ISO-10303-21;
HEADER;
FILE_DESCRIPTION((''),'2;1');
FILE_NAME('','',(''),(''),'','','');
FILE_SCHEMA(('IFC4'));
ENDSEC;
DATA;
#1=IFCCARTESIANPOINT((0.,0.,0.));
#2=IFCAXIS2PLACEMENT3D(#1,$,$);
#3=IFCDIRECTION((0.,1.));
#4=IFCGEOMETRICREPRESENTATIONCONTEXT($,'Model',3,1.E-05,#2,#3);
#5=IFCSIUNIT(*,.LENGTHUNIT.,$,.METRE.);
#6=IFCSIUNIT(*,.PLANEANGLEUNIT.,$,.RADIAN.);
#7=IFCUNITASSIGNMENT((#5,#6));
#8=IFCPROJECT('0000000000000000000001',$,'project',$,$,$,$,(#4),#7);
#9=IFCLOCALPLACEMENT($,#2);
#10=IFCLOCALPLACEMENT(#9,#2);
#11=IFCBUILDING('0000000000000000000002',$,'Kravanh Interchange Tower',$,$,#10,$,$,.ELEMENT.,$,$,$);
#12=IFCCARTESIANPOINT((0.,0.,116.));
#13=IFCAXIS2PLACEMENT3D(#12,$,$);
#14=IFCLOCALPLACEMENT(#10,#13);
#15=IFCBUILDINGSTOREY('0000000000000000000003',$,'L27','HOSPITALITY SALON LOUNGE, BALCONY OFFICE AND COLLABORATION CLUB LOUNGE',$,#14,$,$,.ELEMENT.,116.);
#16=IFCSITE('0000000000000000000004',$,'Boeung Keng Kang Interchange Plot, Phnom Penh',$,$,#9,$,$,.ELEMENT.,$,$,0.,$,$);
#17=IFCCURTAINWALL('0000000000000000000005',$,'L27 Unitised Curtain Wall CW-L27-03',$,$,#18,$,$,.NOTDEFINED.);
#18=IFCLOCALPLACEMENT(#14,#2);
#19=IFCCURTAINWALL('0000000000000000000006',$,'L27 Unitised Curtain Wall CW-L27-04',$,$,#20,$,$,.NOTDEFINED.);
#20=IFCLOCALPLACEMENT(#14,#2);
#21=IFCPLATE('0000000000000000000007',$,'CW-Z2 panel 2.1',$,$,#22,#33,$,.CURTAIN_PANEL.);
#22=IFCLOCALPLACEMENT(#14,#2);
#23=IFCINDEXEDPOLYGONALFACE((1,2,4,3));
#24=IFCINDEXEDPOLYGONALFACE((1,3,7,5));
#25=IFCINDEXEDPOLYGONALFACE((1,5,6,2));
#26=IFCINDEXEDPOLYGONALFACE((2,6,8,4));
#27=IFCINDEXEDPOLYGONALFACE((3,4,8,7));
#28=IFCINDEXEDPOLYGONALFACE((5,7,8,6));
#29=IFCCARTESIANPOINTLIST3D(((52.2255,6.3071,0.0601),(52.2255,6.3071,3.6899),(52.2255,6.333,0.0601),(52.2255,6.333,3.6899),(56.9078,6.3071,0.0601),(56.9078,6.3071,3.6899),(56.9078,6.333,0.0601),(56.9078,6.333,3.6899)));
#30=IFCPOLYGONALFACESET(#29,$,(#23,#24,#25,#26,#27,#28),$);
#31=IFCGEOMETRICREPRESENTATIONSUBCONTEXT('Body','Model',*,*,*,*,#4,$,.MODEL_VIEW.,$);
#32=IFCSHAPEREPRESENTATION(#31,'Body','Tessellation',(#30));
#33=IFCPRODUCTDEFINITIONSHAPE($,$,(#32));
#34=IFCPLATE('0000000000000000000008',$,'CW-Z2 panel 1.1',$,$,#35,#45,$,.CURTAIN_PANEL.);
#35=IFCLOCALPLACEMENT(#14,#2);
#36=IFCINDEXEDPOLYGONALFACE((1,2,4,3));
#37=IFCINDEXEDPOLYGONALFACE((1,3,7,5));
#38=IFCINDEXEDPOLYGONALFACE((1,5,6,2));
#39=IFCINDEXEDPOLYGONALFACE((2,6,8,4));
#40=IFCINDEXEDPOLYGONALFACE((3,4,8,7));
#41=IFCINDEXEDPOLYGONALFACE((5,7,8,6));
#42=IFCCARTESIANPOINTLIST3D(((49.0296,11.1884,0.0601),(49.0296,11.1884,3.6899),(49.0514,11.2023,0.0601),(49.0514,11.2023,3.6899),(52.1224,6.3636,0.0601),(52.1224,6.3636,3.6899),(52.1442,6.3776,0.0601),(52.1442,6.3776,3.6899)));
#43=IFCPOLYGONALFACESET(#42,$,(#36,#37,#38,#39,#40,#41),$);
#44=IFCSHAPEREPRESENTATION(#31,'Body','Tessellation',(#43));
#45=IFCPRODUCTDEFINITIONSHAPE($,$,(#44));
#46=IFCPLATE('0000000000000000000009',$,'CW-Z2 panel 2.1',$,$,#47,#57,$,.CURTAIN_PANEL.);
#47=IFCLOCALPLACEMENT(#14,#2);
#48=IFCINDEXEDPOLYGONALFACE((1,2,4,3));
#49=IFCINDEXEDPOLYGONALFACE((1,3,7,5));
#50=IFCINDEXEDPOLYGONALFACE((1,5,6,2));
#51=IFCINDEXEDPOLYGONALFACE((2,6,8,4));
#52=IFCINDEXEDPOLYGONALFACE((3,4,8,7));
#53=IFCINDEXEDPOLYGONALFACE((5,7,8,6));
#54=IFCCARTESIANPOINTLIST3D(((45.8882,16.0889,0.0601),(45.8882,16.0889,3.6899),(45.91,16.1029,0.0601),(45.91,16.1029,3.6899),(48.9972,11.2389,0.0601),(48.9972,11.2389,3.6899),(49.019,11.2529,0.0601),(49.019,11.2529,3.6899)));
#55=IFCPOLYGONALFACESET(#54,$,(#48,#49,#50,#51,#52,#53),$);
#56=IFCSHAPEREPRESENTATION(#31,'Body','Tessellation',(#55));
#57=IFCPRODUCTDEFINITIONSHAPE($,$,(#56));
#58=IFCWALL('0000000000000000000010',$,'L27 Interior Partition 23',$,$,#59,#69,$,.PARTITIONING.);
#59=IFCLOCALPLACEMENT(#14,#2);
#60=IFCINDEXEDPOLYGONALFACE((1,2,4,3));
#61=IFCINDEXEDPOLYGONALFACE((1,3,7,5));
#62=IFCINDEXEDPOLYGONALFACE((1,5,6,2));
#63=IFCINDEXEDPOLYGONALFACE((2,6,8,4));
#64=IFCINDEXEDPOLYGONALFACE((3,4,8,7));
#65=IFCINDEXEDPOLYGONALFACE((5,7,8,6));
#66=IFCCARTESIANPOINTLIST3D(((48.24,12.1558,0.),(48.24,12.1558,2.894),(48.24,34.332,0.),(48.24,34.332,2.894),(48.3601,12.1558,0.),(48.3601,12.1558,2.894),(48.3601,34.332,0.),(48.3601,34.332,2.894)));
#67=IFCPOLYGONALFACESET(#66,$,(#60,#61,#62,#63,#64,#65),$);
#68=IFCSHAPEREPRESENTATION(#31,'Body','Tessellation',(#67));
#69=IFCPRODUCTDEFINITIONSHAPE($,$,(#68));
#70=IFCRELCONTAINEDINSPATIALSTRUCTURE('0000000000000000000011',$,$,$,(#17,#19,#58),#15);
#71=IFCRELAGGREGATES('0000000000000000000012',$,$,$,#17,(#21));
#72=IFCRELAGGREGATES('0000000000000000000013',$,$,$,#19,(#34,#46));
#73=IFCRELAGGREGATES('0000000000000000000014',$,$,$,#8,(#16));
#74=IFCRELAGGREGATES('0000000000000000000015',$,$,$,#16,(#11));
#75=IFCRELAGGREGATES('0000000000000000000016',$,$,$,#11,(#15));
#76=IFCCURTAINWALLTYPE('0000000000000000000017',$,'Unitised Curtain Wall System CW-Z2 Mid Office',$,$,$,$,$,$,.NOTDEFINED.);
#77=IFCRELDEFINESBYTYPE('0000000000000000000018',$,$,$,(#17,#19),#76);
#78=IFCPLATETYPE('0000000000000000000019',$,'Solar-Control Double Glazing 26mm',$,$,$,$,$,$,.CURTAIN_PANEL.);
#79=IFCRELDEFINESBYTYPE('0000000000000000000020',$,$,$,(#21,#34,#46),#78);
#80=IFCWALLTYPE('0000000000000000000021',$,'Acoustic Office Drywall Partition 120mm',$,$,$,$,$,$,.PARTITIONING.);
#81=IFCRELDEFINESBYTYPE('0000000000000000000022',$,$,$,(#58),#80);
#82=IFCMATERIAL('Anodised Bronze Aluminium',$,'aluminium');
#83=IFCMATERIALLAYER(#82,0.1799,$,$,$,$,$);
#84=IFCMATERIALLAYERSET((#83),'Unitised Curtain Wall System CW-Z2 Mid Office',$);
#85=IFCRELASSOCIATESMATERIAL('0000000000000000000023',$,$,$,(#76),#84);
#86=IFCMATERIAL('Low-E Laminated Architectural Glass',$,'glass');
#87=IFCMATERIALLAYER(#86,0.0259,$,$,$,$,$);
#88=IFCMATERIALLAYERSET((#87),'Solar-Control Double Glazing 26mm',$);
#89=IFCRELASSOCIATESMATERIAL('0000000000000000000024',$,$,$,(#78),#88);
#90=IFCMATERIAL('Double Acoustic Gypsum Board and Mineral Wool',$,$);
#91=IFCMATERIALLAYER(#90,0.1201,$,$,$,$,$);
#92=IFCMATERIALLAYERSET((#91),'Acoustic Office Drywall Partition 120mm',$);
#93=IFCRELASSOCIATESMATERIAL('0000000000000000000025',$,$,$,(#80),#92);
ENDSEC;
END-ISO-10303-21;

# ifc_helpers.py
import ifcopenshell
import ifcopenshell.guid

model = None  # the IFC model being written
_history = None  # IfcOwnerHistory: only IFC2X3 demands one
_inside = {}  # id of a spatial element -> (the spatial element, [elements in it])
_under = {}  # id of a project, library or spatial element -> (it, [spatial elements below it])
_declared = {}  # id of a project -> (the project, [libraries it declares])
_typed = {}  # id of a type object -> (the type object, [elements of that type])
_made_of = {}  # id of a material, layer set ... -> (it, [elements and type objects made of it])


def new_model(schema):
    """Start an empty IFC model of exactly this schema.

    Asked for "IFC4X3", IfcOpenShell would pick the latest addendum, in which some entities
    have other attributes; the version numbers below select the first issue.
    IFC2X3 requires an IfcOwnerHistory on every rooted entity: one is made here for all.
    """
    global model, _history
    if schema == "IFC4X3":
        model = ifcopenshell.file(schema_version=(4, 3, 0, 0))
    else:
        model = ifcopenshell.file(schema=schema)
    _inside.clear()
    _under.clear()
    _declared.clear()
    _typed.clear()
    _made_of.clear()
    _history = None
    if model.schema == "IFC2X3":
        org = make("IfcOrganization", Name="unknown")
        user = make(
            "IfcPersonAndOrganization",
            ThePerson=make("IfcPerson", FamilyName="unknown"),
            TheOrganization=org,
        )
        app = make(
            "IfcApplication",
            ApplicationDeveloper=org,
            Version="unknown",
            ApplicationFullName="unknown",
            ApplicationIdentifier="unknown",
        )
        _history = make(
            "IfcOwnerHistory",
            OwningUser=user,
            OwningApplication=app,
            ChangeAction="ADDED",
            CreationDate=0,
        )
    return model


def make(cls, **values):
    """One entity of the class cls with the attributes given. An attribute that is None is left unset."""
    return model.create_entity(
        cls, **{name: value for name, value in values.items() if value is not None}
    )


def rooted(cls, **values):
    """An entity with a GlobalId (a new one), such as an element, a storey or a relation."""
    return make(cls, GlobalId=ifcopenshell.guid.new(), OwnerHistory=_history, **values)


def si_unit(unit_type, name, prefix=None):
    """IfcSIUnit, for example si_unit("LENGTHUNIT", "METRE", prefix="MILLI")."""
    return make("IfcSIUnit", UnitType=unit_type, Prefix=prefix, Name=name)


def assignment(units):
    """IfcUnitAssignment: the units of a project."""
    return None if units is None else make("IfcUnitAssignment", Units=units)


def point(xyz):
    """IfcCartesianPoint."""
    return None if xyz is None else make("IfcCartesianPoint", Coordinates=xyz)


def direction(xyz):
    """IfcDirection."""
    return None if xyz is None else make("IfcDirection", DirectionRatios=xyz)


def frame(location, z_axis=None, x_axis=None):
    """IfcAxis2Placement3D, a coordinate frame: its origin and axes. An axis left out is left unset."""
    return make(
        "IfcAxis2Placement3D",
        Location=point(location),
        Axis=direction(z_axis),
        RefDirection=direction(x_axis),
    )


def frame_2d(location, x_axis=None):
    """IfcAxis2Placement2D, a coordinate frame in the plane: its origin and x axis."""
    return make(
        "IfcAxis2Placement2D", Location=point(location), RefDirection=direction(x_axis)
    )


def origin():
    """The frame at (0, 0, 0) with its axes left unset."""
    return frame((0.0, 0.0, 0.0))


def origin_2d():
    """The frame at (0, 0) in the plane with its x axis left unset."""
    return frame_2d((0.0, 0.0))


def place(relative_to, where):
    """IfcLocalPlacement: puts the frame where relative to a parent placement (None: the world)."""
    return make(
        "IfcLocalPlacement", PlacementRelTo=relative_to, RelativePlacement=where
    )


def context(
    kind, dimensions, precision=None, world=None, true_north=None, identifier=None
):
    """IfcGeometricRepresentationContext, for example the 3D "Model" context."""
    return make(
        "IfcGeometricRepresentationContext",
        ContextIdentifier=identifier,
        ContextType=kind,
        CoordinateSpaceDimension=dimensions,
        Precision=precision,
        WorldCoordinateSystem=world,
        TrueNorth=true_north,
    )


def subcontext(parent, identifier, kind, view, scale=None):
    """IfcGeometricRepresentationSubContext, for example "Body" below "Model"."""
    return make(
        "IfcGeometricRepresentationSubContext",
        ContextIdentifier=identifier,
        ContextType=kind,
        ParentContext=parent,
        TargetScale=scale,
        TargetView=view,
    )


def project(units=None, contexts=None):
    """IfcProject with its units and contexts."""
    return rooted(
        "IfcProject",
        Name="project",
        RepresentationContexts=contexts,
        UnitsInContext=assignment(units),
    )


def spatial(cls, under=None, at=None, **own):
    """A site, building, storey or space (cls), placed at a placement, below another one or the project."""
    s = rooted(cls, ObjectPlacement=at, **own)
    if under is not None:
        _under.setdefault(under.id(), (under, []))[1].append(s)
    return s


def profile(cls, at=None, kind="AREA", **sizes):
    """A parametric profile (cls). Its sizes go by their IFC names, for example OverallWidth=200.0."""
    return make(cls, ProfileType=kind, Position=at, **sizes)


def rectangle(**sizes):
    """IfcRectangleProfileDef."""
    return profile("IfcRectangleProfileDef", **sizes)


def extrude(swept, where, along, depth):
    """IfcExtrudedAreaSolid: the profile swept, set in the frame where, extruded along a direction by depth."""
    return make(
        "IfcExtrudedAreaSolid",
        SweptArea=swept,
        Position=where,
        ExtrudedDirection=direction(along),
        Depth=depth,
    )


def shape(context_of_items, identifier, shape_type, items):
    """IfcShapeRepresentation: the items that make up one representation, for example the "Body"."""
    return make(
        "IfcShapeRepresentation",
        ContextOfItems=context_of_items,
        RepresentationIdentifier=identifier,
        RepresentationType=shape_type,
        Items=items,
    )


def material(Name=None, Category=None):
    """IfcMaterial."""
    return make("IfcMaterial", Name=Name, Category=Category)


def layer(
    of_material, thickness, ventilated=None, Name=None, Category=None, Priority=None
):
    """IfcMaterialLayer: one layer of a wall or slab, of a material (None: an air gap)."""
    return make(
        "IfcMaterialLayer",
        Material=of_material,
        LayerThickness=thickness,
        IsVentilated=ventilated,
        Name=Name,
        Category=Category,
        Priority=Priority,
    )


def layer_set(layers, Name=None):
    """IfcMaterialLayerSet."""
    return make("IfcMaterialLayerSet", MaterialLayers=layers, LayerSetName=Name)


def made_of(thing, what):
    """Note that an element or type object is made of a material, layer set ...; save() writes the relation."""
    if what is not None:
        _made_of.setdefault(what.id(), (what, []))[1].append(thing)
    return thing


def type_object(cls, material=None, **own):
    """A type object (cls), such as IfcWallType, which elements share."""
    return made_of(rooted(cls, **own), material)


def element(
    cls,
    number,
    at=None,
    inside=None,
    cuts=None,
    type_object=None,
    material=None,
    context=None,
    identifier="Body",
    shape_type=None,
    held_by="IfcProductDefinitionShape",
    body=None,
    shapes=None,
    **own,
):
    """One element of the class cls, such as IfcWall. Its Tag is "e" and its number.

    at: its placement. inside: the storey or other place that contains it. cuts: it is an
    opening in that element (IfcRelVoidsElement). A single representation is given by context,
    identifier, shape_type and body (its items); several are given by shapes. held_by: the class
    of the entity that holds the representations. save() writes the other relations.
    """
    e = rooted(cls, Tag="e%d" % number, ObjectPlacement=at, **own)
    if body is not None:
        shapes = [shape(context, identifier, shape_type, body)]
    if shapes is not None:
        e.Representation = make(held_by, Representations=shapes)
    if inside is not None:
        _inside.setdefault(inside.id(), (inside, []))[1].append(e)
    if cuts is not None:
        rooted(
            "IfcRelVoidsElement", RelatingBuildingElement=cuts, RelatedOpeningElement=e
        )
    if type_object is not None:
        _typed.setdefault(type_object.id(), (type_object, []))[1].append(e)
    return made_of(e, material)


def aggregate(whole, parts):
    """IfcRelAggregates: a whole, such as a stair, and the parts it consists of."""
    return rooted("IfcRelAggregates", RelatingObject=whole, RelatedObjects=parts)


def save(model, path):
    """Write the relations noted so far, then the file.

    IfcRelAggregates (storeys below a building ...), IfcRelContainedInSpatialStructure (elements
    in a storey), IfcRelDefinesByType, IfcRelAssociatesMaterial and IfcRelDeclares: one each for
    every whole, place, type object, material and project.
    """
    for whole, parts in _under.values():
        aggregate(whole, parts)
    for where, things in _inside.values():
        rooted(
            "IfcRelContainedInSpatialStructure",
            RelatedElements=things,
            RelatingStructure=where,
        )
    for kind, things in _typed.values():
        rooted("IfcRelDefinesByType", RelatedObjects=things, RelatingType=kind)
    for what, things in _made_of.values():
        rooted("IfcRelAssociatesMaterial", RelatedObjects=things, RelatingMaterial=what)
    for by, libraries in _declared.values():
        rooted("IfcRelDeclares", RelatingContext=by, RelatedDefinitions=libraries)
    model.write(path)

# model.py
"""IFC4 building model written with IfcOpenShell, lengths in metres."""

from ifc_helpers import new_model, si_unit, direction, frame, frame_2d, origin, origin_2d, place, context, subcontext, project, spatial, rectangle, extrude, material, layer, layer_set, type_object, element, aggregate, save


model = new_model("IFC4")

# Units and contexts
model_context = context("Model", 3, precision=1e-05, world=origin(), true_north=direction((0.0, 1.0)))
body_context = subcontext(model_context, "Body", "Model", "MODEL_VIEW")
ifc_project = project(units=[si_unit("LENGTHUNIT", "METRE"), si_unit("PLANEANGLEUNIT", "RADIAN")], contexts=[model_context])

# Site, building, storey
site_placement = place(None, origin())
site = spatial("IfcSite", under=ifc_project, at=site_placement, Name="Boeung Keng Kang Interchange Plot, Phnom Penh", CompositionType="ELEMENT", RefElevation=0.0)
building_placement = place(site_placement, origin())
building = spatial("IfcBuilding", under=site, at=building_placement, Name="Kravanh Interchange Tower", CompositionType="ELEMENT")
storey_placement = place(building_placement, frame((0.0, 0.0, 116.0)))
storey = spatial("IfcBuildingStorey", under=building, at=storey_placement, Name="L27", Description="HOSPITALITY SALON LOUNGE, BALCONY OFFICE AND COLLABORATION CLUB LOUNGE", CompositionType="ELEMENT", Elevation=116.0)

# Curtain wall
ifc_material_1 = material(Name="Anodised Bronze Aluminium", Category="aluminium")
ifc_layer_1 = layer(ifc_material_1, 0.1799)
ifc_layer_set_1 = layer_set([ifc_layer_1], Name="Unitised Curtain Wall System CW-Z2 Mid Office")
curtain_wall_type = type_object("IfcCurtainWallType", Name="Unitised Curtain Wall System CW-Z2 Mid Office", PredefinedType="NOTDEFINED", material=ifc_layer_set_1)
curtain_wall_1_placement = place(storey_placement, origin())
curtain_wall_1 = element("IfcCurtainWall", 1, at=curtain_wall_1_placement, inside=storey, type_object=curtain_wall_type, Name="L27 Unitised Curtain Wall CW-L27-03", PredefinedType="NOTDEFINED")

# Curtain wall
curtain_wall_2_placement = place(storey_placement, origin())
curtain_wall_2 = element("IfcCurtainWall", 2, at=curtain_wall_2_placement, inside=storey, type_object=curtain_wall_type, Name="L27 Unitised Curtain Wall CW-L27-04", PredefinedType="NOTDEFINED")

# Plates
ifc_material_2 = material(Name="Low-E Laminated Architectural Glass", Category="glass")
ifc_layer_2 = layer(ifc_material_2, 0.0259)
ifc_layer_set_2 = layer_set([ifc_layer_2], Name="Solar-Control Double Glazing 26mm")
plate_type = type_object("IfcPlateType", Name="Solar-Control Double Glazing 26mm", PredefinedType="CURTAIN_PANEL", material=ifc_layer_set_2)
plate_1_placement = place(storey_placement, frame((54.5667, 6.3201, 0.0601), z_axis=(0.0, 0.0, 1.0), x_axis=(-1.0, 0.0, 0.0)))
plate_1 = element("IfcPlate", 3, at=plate_1_placement, type_object=plate_type, Name="CW-Z2 panel 2.1", PredefinedType="CURTAIN_PANEL", context=body_context, shape_type="SweptSolid", body=[
    extrude(rectangle(XDim=4.6824, YDim=0.0259, at=origin_2d()), origin(), (0.0, 0.0, 1.0), 3.6299),
])
aggregate(curtain_wall_1, [plate_1])
plate_2_placement = place(storey_placement, frame((50.5869, 8.783, 0.0601), z_axis=(0.0, 0.0, 1.0), x_axis=(-0.539665, 0.84188, 0.0)))
plate_2 = element("IfcPlate", 4, at=plate_2_placement, type_object=plate_type, Name="CW-Z2 panel 1.1", PredefinedType="CURTAIN_PANEL", context=body_context, shape_type="SweptSolid", body=[
    extrude(rectangle(XDim=5.731, YDim=0.0259, at=origin_2d()), origin(), (0.0, 0.0, 1.0), 3.6299),
])
plate_3_placement = place(storey_placement, frame((47.4536, 13.6709, 0.0601), z_axis=(0.0, 0.0, 1.0), x_axis=(-0.539665, 0.84188, 0.0)))
plate_3 = element("IfcPlate", 5, at=plate_3_placement, type_object=plate_type, Name="CW-Z2 panel 2.1", PredefinedType="CURTAIN_PANEL", context=body_context, shape_type="SweptSolid", body=[
    extrude(rectangle(XDim=5.761, YDim=0.0259, at=origin_2d()), origin(), (0.0, 0.0, 1.0), 3.6299),
])
aggregate(curtain_wall_2, [plate_2, plate_3])

# Wall
ifc_material_3 = material(Name="Double Acoustic Gypsum Board and Mineral Wool")
ifc_layer_3 = layer(ifc_material_3, 0.1201)
ifc_layer_set_3 = layer_set([ifc_layer_3], Name="Acoustic Office Drywall Partition 120mm")
wall_type = type_object("IfcWallType", Name="Acoustic Office Drywall Partition 120mm", PredefinedType="PARTITIONING", material=ifc_layer_set_3)
wall_placement = place(storey_placement, frame((48.3, 12.1558, 0.0), z_axis=(0.0, 0.0, 1.0), x_axis=(0.0, 1.0, 0.0)))
element("IfcWall", 6, at=wall_placement, inside=storey, type_object=wall_type, Name="L27 Interior Partition 23", PredefinedType="PARTITIONING", context=body_context, shape_type="SweptSolid", body=[
    extrude(rectangle(XDim=22.1763, YDim=0.1201, at=frame_2d((11.0881, 0.0))), origin(), (0.0, 0.0, 1.0), 2.894),
])

save(model, "model.ifc")
